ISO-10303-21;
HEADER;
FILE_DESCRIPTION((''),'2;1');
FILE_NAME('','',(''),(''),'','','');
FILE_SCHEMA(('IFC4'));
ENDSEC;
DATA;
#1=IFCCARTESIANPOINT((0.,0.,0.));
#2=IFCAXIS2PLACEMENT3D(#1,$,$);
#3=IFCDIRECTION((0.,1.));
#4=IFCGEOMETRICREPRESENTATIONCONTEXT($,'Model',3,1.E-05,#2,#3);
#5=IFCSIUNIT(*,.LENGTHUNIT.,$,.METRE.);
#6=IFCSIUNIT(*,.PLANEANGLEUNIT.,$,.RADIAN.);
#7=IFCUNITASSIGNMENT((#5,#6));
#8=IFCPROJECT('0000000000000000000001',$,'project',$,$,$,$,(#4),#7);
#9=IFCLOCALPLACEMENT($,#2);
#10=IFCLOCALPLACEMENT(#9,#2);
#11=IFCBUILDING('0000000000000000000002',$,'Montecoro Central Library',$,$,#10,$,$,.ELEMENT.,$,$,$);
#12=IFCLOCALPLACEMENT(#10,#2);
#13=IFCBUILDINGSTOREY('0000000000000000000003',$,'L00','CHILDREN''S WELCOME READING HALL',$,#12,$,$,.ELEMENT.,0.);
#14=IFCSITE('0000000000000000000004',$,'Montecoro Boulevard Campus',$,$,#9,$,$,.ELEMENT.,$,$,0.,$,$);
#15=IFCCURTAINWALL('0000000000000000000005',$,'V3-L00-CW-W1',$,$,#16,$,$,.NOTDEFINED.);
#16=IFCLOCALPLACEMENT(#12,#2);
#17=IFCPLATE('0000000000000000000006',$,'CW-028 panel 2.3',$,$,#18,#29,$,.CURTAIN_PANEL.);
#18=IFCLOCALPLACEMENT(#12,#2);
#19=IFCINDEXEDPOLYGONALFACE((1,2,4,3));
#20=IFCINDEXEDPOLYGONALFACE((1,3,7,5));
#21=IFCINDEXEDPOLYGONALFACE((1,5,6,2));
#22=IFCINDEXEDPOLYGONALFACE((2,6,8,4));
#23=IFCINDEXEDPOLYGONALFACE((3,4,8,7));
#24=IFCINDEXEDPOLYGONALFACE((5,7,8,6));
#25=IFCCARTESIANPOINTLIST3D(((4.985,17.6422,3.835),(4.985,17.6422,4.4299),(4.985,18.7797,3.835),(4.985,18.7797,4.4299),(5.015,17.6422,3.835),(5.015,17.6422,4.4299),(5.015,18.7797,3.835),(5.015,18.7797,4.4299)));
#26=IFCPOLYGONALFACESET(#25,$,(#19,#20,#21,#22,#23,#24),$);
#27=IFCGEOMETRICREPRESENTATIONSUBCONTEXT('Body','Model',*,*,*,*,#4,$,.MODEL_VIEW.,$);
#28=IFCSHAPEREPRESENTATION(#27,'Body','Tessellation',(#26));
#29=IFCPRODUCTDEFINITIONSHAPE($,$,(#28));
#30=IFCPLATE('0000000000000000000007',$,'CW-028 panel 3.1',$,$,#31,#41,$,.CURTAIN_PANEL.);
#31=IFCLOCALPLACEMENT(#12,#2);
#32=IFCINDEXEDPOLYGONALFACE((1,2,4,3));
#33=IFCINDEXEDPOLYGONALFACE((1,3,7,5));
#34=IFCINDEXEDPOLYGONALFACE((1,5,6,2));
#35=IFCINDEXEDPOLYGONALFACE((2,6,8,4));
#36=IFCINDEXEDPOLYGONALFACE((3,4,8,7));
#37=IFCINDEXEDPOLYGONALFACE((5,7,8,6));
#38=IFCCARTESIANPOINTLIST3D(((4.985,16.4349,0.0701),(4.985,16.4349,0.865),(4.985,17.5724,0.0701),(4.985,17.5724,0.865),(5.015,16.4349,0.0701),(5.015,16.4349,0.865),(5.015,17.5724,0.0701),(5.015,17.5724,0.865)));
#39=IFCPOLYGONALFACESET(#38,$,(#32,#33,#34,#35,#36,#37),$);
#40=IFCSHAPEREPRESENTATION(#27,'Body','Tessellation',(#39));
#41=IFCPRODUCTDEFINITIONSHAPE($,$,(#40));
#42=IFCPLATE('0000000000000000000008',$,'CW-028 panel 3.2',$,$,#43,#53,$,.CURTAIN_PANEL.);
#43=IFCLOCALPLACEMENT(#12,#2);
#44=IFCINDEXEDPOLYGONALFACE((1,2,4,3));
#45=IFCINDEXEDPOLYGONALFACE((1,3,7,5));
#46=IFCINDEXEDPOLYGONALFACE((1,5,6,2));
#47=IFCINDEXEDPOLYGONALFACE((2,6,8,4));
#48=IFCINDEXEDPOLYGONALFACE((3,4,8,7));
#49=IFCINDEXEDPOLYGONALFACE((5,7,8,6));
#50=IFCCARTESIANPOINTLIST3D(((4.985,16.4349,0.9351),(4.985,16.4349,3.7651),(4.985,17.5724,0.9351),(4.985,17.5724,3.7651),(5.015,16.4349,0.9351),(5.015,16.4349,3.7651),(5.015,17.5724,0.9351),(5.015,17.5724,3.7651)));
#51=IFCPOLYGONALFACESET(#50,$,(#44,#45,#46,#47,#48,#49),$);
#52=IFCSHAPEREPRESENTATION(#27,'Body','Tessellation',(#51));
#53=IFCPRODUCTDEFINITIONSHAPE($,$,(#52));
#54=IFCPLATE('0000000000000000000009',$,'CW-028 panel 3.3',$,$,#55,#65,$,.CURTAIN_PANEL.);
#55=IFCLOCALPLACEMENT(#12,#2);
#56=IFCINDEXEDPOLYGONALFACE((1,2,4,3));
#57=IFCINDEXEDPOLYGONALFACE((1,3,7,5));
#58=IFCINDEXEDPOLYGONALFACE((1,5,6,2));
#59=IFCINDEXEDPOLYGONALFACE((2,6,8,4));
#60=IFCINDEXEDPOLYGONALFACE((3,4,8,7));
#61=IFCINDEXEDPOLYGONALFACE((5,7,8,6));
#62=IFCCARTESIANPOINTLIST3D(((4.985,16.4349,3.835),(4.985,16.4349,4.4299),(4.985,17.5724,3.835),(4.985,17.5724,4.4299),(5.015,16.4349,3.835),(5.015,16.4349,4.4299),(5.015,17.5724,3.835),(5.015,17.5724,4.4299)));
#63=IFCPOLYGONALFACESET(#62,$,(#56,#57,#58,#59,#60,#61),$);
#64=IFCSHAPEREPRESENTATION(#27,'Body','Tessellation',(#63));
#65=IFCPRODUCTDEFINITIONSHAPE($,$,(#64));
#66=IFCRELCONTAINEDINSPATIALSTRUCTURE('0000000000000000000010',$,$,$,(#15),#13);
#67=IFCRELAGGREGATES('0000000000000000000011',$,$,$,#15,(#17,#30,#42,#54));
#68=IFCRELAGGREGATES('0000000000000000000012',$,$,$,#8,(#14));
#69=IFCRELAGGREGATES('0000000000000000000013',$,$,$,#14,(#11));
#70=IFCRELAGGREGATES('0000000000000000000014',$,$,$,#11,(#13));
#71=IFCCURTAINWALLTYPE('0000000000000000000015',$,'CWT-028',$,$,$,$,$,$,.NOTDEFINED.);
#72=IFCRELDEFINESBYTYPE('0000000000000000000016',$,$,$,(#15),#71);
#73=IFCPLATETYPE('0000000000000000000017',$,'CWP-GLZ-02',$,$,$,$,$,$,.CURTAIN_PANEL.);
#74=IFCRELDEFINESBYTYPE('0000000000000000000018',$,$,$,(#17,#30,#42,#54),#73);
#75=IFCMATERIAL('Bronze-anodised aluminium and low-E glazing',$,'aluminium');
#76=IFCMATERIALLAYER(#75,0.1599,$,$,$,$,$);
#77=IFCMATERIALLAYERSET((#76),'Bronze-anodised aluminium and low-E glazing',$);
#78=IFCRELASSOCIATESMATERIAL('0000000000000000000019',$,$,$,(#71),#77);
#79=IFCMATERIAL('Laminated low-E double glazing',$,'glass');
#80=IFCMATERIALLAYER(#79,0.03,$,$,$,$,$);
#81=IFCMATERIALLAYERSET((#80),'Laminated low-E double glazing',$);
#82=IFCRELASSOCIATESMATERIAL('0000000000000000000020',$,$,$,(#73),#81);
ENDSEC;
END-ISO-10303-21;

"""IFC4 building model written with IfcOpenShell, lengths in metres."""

from ifc_helpers import new_model, si_unit, direction, frame, origin, origin_2d, place, context, subcontext, project, spatial, rectangle, extrude, material, layer, layer_set, type_object, element, aggregate, save


model = new_model("IFC4")

# Units and contexts
model_context = context("Model", 3, precision=1e-05, world=origin(), true_north=direction((0.0, 1.0)))
body_context = subcontext(model_context, "Body", "Model", "MODEL_VIEW")
ifc_project = project(units=[si_unit("LENGTHUNIT", "METRE"), si_unit("PLANEANGLEUNIT", "RADIAN")], contexts=[model_context])

# Site, building, storey
site_placement = place(None, origin())
site = spatial("IfcSite", under=ifc_project, at=site_placement, Name="Montecoro Boulevard Campus", CompositionType="ELEMENT", RefElevation=0.0)
building_placement = place(site_placement, origin())
building = spatial("IfcBuilding", under=site, at=building_placement, Name="Montecoro Central Library", CompositionType="ELEMENT")
storey_placement = place(building_placement, origin())
storey = spatial("IfcBuildingStorey", under=building, at=storey_placement, Name="L00", Description="CHILDREN'S WELCOME READING HALL", CompositionType="ELEMENT", Elevation=0.0)

# Curtain wall, plates
ifc_material_1 = material(Name="Bronze-anodised aluminium and low-E glazing", Category="aluminium")
ifc_layer_1 = layer(ifc_material_1, 0.1599)
ifc_layer_set_1 = layer_set([ifc_layer_1], Name="Bronze-anodised aluminium and low-E glazing")
curtain_wall_type = type_object("IfcCurtainWallType", Name="CWT-028", PredefinedType="NOTDEFINED", material=ifc_layer_set_1)
curtain_wall_placement = place(storey_placement, origin())
curtain_wall = element("IfcCurtainWall", 1, at=curtain_wall_placement, inside=storey, type_object=curtain_wall_type, Name="V3-L00-CW-W1", PredefinedType="NOTDEFINED")
ifc_material_2 = material(Name="Laminated low-E double glazing", Category="glass")
ifc_layer_2 = layer(ifc_material_2, 0.03)
ifc_layer_set_2 = layer_set([ifc_layer_2], Name="Laminated low-E double glazing")
plate_type = type_object("IfcPlateType", Name="CWP-GLZ-02", PredefinedType="CURTAIN_PANEL", material=ifc_layer_set_2)
plate_1_placement = place(storey_placement, frame((5.0, 18.2109, 3.835), z_axis=(0.0, 0.0, 1.0), x_axis=(0.0, -1.0, 0.0)))
plate_1 = element("IfcPlate", 2, at=plate_1_placement, type_object=plate_type, Name="CW-028 panel 2.3", PredefinedType="CURTAIN_PANEL", context=body_context, shape_type="SweptSolid", body=[
    extrude(rectangle(XDim=1.1375, YDim=0.03, at=origin_2d()), origin(), (0.0, 0.0, 1.0), 0.595),
])
plate_2_placement = place(storey_placement, frame((5.0, 17.0037, 0.0701), z_axis=(0.0, 0.0, 1.0), x_axis=(0.0, -1.0, 0.0)))
plate_2 = element("IfcPlate", 3, at=plate_2_placement, type_object=plate_type, Name="CW-028 panel 3.1", PredefinedType="CURTAIN_PANEL", context=body_context, shape_type="SweptSolid", body=[
    extrude(rectangle(XDim=1.1375, YDim=0.03, at=origin_2d()), origin(), (0.0, 0.0, 1.0), 0.7949),
])
plate_3_placement = place(storey_placement, frame((5.0, 17.0037, 0.9351), z_axis=(0.0, 0.0, 1.0), x_axis=(0.0, -1.0, 0.0)))
plate_3 = element("IfcPlate", 4, at=plate_3_placement, type_object=plate_type, Name="CW-028 panel 3.2", PredefinedType="CURTAIN_PANEL", context=body_context, shape_type="SweptSolid", body=[
    extrude(rectangle(XDim=1.1375, YDim=0.03, at=origin_2d()), origin(), (0.0, 0.0, 1.0), 2.8301),
])
plate_4_placement = place(storey_placement, frame((5.0, 17.0037, 3.835), z_axis=(0.0, 0.0, 1.0), x_axis=(0.0, -1.0, 0.0)))
plate_4 = element("IfcPlate", 5, at=plate_4_placement, type_object=plate_type, Name="CW-028 panel 3.3", PredefinedType="CURTAIN_PANEL", context=body_context, shape_type="SweptSolid", body=[
    extrude(rectangle(XDim=1.1375, YDim=0.03, at=origin_2d()), origin(), (0.0, 0.0, 1.0), 0.595),
])
aggregate(curtain_wall, [plate_1, plate_2, plate_3, plate_4])

save(model, "model.ifc")
